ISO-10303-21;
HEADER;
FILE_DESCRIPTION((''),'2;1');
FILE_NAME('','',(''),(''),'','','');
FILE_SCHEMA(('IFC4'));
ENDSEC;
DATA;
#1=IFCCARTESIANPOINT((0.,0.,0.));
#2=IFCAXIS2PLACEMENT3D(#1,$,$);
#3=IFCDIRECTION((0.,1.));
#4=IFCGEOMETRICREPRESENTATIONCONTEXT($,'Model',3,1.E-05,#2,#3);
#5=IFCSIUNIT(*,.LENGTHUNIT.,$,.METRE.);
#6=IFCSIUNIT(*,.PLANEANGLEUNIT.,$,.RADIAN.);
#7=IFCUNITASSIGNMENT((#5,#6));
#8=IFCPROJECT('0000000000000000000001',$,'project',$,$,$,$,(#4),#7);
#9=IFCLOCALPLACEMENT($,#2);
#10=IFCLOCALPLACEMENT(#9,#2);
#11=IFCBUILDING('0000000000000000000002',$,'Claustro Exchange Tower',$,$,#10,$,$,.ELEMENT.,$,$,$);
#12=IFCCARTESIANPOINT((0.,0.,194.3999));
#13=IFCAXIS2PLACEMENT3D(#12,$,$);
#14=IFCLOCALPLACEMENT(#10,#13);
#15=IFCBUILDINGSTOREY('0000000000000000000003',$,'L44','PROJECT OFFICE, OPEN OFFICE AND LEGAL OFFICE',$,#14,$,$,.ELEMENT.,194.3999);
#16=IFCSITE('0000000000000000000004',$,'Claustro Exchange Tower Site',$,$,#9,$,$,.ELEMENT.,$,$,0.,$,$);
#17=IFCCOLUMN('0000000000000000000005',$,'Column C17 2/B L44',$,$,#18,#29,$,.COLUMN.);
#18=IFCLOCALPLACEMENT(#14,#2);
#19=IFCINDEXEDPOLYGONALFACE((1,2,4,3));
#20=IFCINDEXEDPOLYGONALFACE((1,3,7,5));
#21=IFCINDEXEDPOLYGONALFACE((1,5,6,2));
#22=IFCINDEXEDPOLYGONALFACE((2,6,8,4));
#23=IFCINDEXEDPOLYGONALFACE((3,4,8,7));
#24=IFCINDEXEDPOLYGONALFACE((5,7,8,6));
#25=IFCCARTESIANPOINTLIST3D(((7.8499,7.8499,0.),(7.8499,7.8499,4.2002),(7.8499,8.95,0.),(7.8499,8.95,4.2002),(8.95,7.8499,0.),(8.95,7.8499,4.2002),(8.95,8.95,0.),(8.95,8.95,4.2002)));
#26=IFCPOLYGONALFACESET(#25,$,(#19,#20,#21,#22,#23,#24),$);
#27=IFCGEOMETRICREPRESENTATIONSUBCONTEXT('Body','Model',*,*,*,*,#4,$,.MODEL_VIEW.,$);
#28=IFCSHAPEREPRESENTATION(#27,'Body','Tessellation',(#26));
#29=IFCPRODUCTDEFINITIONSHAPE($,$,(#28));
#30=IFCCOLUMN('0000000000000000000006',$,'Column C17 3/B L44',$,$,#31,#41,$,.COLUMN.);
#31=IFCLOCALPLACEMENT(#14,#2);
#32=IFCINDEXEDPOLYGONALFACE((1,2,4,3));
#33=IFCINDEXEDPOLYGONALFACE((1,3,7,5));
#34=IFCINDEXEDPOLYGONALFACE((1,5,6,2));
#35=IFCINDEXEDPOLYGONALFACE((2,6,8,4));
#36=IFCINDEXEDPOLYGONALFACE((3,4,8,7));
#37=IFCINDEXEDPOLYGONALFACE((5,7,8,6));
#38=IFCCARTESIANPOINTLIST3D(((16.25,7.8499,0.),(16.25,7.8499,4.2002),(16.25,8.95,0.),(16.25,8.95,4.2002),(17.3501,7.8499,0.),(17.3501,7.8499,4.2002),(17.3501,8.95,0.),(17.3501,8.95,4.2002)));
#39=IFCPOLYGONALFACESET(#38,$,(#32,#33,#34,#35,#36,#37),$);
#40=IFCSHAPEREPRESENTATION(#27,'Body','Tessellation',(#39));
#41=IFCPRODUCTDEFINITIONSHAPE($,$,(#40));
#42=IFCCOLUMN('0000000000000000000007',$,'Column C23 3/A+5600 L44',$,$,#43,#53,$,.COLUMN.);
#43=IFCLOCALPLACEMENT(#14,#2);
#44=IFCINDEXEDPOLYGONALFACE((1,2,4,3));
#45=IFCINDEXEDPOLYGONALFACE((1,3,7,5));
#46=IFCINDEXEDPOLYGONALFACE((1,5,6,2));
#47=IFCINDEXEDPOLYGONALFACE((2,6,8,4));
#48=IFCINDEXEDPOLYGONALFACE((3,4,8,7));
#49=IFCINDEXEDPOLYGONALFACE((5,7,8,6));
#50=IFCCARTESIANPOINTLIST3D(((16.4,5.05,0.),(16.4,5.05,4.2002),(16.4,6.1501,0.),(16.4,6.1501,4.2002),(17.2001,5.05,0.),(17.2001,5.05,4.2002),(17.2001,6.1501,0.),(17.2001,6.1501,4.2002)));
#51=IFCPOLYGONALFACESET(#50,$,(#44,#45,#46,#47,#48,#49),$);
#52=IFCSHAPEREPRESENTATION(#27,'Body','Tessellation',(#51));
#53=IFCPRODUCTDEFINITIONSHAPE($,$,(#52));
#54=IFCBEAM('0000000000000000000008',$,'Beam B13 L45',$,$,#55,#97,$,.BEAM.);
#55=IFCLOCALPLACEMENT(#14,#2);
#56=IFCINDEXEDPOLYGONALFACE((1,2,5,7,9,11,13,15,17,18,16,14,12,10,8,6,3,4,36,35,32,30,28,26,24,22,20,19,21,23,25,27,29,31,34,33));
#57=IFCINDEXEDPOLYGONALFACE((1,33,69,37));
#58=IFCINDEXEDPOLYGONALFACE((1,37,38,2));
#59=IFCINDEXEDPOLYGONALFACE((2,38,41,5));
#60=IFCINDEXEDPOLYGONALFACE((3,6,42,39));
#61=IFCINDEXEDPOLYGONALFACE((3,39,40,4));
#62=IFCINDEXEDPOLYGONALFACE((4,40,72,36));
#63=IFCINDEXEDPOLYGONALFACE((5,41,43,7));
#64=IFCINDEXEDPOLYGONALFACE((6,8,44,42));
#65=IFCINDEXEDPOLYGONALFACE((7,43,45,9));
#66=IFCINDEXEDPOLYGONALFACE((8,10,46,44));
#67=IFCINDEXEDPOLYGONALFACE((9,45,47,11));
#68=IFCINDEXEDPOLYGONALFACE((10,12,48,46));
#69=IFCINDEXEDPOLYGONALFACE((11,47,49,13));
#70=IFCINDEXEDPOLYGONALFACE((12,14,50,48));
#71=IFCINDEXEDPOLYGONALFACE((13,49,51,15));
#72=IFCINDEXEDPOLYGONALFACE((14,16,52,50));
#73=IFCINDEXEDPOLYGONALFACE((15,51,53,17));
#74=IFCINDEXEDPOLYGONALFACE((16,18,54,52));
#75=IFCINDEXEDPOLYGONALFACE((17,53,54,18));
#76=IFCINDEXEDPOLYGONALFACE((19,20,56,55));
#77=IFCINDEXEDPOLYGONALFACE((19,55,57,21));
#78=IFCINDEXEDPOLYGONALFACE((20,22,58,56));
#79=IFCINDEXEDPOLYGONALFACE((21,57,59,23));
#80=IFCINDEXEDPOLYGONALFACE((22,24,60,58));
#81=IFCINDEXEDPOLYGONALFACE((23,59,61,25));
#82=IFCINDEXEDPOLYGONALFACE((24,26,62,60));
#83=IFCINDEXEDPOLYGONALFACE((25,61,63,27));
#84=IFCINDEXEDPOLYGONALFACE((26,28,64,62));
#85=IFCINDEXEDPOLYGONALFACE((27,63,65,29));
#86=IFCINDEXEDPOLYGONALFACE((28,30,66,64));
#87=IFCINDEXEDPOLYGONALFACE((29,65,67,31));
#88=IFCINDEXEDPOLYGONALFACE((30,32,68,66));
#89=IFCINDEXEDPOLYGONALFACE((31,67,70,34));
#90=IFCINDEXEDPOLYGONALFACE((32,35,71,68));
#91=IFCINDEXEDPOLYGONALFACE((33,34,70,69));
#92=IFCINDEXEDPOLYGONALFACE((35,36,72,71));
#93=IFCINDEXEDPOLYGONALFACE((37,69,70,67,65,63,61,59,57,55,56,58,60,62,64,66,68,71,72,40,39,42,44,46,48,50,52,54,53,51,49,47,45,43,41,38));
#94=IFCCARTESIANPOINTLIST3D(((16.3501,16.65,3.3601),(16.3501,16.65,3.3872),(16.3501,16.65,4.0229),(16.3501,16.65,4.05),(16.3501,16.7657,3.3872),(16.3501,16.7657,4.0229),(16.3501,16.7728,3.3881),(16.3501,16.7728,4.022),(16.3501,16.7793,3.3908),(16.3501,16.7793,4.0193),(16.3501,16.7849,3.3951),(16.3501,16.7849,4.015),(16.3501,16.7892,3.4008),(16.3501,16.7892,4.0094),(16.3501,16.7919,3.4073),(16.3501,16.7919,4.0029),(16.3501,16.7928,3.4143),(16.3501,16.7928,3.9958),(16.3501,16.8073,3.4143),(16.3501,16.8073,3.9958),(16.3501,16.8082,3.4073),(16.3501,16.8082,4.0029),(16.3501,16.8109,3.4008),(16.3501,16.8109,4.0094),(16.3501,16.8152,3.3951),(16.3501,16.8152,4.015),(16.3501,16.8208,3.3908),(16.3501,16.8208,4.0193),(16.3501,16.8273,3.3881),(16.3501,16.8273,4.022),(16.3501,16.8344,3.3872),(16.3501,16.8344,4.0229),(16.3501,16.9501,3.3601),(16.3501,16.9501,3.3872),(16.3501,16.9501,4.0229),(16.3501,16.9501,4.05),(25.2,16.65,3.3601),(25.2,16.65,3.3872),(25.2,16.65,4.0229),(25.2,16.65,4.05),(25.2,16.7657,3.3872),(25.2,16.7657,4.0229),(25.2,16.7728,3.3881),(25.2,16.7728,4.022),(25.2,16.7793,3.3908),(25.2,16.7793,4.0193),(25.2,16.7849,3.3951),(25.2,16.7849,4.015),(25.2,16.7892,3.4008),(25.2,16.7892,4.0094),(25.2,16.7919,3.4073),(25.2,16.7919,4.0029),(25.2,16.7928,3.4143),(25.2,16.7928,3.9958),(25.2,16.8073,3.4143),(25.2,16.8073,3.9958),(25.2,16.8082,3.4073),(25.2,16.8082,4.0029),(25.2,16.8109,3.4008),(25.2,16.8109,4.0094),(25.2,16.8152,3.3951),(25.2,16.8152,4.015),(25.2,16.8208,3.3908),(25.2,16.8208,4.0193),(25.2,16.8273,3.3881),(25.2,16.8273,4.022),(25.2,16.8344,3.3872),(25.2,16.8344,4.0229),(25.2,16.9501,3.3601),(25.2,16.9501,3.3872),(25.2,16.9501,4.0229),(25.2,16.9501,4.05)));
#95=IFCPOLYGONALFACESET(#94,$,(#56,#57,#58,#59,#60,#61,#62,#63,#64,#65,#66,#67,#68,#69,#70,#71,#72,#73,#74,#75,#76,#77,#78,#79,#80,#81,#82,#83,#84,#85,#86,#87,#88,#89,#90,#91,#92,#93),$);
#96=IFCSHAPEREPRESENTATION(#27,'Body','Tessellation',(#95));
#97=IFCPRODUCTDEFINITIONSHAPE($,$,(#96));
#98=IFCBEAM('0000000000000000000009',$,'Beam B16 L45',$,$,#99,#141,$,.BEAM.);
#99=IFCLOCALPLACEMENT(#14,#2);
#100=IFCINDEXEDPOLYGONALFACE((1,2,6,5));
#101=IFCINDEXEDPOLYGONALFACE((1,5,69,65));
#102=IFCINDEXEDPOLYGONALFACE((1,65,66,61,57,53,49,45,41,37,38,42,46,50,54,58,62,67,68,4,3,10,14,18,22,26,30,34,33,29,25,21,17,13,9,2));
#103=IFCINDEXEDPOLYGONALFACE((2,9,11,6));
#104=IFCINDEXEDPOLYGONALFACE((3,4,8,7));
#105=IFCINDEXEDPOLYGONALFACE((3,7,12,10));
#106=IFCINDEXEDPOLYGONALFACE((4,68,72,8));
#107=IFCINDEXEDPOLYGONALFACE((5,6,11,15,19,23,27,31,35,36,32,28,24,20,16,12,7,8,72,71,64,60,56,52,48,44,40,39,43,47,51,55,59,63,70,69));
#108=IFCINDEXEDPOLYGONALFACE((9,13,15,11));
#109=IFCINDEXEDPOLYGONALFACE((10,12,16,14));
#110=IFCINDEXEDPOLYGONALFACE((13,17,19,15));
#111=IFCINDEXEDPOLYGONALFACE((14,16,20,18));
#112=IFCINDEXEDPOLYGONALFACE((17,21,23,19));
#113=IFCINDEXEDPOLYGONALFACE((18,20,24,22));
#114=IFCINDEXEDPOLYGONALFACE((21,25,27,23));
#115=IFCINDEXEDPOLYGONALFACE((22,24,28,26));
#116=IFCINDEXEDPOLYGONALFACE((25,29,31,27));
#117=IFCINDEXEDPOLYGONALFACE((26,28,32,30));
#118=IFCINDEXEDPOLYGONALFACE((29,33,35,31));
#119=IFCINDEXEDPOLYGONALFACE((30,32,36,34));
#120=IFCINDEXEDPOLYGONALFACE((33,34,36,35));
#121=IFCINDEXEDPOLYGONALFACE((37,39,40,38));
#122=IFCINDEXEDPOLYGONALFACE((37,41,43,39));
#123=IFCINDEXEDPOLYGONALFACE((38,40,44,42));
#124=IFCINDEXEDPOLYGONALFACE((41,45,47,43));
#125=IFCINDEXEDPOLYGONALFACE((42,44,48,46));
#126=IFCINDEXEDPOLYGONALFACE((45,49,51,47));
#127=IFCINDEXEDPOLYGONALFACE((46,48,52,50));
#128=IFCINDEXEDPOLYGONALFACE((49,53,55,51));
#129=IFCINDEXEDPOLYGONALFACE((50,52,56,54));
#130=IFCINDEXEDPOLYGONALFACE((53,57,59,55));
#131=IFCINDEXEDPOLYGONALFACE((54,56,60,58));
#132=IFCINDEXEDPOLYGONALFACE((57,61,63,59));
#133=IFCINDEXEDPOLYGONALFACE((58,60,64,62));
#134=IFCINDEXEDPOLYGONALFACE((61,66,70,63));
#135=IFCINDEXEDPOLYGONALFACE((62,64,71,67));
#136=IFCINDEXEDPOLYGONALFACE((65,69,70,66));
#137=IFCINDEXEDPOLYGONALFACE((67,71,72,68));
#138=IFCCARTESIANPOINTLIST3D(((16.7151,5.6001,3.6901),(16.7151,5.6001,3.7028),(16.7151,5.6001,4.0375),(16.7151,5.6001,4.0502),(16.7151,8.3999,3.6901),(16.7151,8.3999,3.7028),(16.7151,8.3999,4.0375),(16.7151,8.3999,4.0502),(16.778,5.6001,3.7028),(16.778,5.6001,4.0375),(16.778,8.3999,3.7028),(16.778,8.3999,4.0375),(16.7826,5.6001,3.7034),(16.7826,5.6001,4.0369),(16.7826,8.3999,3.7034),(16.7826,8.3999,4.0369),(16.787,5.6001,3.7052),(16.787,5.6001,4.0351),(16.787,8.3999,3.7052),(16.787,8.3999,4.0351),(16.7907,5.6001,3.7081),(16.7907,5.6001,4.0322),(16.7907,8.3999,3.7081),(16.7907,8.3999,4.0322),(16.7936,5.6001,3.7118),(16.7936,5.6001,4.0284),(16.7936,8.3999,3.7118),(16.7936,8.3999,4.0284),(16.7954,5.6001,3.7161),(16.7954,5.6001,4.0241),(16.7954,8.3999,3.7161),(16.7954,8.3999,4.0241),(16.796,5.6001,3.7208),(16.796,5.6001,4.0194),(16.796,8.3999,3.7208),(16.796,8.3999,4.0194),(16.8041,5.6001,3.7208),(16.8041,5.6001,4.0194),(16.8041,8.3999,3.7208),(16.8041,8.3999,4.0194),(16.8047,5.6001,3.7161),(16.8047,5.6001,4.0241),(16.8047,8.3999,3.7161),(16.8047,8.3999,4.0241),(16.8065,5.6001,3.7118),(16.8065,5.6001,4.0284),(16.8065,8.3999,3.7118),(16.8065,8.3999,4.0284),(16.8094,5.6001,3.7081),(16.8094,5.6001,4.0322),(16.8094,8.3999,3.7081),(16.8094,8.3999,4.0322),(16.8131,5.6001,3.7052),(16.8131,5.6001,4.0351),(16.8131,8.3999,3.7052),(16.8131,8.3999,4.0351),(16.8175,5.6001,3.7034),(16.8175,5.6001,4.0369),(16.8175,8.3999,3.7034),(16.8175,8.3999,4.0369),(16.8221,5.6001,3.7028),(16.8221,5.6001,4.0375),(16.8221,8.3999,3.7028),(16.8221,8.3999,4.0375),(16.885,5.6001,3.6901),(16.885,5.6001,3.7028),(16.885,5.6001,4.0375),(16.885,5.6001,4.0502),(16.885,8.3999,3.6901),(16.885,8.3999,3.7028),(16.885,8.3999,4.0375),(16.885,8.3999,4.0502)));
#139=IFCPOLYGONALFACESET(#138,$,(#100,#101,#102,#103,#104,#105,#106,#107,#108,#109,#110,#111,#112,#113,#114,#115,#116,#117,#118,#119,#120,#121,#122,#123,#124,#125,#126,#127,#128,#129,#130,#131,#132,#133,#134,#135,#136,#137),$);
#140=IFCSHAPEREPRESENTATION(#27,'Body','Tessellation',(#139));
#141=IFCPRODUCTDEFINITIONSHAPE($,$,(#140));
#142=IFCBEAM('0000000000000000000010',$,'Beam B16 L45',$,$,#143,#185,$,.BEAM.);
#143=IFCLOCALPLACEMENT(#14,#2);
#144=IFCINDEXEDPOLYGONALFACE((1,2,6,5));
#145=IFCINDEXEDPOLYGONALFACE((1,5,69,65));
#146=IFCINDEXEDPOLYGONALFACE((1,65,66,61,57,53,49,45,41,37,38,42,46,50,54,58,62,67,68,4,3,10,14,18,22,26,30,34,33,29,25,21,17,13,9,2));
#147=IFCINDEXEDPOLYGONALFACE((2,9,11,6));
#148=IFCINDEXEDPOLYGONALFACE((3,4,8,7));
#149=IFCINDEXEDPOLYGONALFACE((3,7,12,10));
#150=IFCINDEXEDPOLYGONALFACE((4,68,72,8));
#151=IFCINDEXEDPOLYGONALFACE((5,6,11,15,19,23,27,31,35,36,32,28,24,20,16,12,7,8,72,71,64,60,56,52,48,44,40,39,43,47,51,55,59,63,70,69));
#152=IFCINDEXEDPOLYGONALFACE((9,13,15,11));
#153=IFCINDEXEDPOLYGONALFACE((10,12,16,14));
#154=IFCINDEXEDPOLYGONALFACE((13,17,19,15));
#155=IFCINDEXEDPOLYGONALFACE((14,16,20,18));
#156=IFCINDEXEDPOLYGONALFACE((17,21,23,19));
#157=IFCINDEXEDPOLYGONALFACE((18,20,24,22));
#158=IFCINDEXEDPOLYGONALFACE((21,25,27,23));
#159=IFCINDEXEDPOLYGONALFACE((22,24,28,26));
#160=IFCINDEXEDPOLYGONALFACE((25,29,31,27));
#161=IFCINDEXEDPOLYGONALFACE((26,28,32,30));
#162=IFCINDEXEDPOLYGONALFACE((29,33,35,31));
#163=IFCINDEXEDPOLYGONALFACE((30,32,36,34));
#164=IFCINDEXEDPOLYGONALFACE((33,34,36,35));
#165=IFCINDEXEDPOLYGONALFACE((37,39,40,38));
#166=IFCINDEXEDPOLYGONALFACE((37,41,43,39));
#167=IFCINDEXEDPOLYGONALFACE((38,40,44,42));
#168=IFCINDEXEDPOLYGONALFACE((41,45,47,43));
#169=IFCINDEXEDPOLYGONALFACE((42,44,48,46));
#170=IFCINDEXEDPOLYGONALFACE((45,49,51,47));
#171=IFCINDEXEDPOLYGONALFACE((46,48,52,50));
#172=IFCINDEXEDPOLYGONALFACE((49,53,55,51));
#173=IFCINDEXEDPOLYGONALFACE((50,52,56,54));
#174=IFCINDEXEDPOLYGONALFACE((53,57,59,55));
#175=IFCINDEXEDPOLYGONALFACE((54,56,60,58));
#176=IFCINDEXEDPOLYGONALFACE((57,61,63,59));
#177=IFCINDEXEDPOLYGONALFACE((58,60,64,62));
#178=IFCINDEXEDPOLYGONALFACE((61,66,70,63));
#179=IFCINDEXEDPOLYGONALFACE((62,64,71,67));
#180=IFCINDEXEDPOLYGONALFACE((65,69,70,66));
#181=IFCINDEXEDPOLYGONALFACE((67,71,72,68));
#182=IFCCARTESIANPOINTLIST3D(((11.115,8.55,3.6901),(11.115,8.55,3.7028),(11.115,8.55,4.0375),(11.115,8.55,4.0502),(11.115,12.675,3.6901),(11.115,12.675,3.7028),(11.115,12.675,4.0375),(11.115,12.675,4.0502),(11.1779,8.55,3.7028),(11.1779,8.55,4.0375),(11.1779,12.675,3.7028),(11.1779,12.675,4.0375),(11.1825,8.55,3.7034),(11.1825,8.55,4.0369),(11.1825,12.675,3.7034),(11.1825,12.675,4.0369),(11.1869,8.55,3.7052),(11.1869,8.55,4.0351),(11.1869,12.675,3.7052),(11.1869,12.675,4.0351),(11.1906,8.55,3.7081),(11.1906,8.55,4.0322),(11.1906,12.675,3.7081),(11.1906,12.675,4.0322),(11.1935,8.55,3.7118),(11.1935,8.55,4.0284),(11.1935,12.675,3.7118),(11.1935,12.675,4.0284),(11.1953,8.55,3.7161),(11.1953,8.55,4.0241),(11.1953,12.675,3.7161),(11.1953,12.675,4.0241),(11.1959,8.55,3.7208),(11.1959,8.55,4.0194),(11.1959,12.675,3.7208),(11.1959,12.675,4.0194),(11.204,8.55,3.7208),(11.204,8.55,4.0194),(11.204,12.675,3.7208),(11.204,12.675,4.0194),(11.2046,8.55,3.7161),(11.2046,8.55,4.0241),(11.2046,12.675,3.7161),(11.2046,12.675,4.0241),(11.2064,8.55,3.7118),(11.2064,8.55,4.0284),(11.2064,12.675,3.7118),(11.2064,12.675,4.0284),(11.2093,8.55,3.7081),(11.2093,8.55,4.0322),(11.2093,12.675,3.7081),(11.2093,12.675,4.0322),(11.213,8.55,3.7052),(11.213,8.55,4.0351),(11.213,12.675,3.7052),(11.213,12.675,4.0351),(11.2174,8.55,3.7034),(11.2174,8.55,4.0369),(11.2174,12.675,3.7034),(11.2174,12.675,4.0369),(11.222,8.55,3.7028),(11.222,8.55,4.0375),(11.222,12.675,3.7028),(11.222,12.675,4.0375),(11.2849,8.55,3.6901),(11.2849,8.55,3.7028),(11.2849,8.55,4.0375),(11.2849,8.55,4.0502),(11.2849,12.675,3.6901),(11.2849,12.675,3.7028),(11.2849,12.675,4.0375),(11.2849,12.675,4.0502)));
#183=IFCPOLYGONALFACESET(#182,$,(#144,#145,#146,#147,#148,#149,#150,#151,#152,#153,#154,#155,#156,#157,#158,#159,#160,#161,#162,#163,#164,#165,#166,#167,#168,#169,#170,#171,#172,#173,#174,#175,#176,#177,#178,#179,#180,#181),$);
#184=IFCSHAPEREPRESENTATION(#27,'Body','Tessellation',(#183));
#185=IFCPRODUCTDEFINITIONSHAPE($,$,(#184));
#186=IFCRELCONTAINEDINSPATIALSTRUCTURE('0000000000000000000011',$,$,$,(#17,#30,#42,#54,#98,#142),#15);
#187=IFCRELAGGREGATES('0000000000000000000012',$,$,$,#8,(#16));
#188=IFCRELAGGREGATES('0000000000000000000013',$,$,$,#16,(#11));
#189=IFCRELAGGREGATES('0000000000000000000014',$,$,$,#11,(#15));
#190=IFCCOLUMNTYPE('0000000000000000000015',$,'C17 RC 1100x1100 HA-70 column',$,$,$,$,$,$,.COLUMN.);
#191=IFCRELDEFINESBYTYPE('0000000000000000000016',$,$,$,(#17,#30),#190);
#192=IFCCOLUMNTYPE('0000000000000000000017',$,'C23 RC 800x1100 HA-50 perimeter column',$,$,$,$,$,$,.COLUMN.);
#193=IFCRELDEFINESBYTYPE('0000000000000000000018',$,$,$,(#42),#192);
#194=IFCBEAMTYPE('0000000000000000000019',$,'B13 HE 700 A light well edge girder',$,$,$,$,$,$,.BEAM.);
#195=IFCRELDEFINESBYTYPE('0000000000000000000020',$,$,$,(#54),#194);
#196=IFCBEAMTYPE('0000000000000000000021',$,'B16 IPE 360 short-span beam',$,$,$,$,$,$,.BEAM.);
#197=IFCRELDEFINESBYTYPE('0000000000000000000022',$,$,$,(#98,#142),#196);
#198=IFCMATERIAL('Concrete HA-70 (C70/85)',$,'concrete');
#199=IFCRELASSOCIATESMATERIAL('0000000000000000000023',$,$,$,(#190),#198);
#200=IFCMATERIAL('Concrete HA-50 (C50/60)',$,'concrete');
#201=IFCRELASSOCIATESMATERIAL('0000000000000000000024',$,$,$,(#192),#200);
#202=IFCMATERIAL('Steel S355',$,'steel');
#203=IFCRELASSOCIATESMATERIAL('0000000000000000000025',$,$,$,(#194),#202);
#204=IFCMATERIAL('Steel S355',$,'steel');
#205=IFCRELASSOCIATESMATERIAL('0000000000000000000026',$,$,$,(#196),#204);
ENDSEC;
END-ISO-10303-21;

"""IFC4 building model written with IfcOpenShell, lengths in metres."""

from ifc_helpers import new_model, si_unit, direction, frame, origin, origin_2d, place, context, subcontext, project, spatial, rectangle, i_section, extrude, material, material_profile, profile_set, type_object, element, save


model = new_model("IFC4")

# Units and contexts
model_context = context("Model", 3, precision=1e-05, world=origin(), true_north=direction((0.0, 1.0)))
body_context = subcontext(model_context, "Body", "Model", "MODEL_VIEW")
ifc_project = project(units=[si_unit("LENGTHUNIT", "METRE"), si_unit("PLANEANGLEUNIT", "RADIAN")], contexts=[model_context])

# Site, building, storey
site_placement = place(None, origin())
site = spatial("IfcSite", under=ifc_project, at=site_placement, Name="Claustro Exchange Tower Site", CompositionType="ELEMENT", RefElevation=0.0)
building_placement = place(site_placement, origin())
building = spatial("IfcBuilding", under=site, at=building_placement, Name="Claustro Exchange Tower", CompositionType="ELEMENT")
storey_placement = place(building_placement, frame((0.0, 0.0, 194.3999)))
storey = spatial("IfcBuildingStorey", under=building, at=storey_placement, Name="L44", Description="PROJECT OFFICE, OPEN OFFICE AND LEGAL OFFICE", CompositionType="ELEMENT", Elevation=194.3999)

# Columns
ifc_material_1 = material(Name="Concrete HA-70 (C70/85)", Category="concrete")
ifc_material_profile_1 = material_profile(ifc_material_1, rectangle(XDim=1.1001, YDim=1.1001, at=origin_2d()), Name="RC 1100x1100")
ifc_profile_set_1 = profile_set([ifc_material_profile_1], Name="Concrete HA-70 (C70/85)")
column_type_1 = type_object("IfcColumnType", Name="C17 RC 1100x1100 HA-70 column", PredefinedType="COLUMN", material=ifc_profile_set_1)
for number, where, z_axis, x_axis, name in (
    (1, (8.3999, 8.3999, 0.0), (0.0, 0.0, 1.0), (1.0, 0.0, 0.0), "Column C17 2/B L44"),
    (2, (16.8, 8.3999, 0.0), (0.0, 0.0, 1.0), (1.0, 0.0, 0.0), "Column C17 3/B L44"),
):
    element("IfcColumn", number, at=place(storey_placement, frame(where, z_axis=z_axis, x_axis=x_axis)), inside=storey, type_object=column_type_1, Name=name, PredefinedType="COLUMN", context=body_context, shape_type="SweptSolid", body=[
        extrude(rectangle(XDim=1.1001, YDim=1.1001, at=origin_2d()), origin(), (0.0, 0.0, 1.0), 4.2002),
    ])
ifc_material_2 = material(Name="Concrete HA-50 (C50/60)", Category="concrete")
ifc_material_profile_2 = material_profile(ifc_material_2, rectangle(XDim=0.8, YDim=1.1001, at=origin_2d()), Name="RC 800x1100")
ifc_profile_set_2 = profile_set([ifc_material_profile_2], Name="Concrete HA-50 (C50/60)")
column_type_2 = type_object("IfcColumnType", Name="C23 RC 800x1100 HA-50 perimeter column", PredefinedType="COLUMN", material=ifc_profile_set_2)
column_placement = place(storey_placement, frame((16.8, 5.6001, 0.0), z_axis=(0.0, 0.0, 1.0), x_axis=(1.0, 0.0, 0.0)))
element("IfcColumn", 3, at=column_placement, inside=storey, type_object=column_type_2, Name="Column C23 3/A+5600 L44", PredefinedType="COLUMN", context=body_context, shape_type="SweptSolid", body=[
    extrude(rectangle(XDim=0.8, YDim=1.1001, at=origin_2d()), origin(), (0.0, 0.0, 1.0), 4.2002),
])

# Beams
ifc_material_3 = material(Name="Steel S355", Category="steel")
ifc_material_profile_3 = material_profile(ifc_material_3, i_section(OverallWidth=0.3, OverallDepth=0.6899, WebThickness=0.0144, FlangeThickness=0.0271, FilletRadius=0.0271, at=origin_2d()), Name="HE 700 A")
ifc_profile_set_3 = profile_set([ifc_material_profile_3], Name="Steel S355")
beam_type_1 = type_object("IfcBeamType", Name="B13 HE 700 A light well edge girder", PredefinedType="BEAM", material=ifc_profile_set_3)
beam_1_placement = place(storey_placement, frame((16.3501, 16.8, 3.7051), z_axis=(1.0, 0.0, 0.0), x_axis=(0.0, 1.0, 0.0)))
element("IfcBeam", 4, at=beam_1_placement, inside=storey, type_object=beam_type_1, Name="Beam B13 L45", PredefinedType="BEAM", context=body_context, shape_type="SweptSolid", body=[
    extrude(i_section(OverallWidth=0.3, OverallDepth=0.6899, WebThickness=0.0144, FlangeThickness=0.0271, FilletRadius=0.0271, at=origin_2d()), origin(), (0.0, 0.0, 1.0), 8.8499),
])
ifc_material_4 = material(Name="Steel S355", Category="steel")
ifc_material_profile_4 = material_profile(ifc_material_4, i_section(OverallWidth=0.1699, OverallDepth=0.3601, WebThickness=0.0081, FlangeThickness=0.0127, FilletRadius=0.0181, at=origin_2d()), Name="IPE 360")
ifc_profile_set_4 = profile_set([ifc_material_profile_4], Name="Steel S355")
beam_type_2 = type_object("IfcBeamType", Name="B16 IPE 360 short-span beam", PredefinedType="BEAM", material=ifc_profile_set_4)
beam_2_placement = place(storey_placement, frame((16.8, 5.6001, 3.8701), z_axis=(0.0, 1.0, 0.0), x_axis=(-1.0, 0.0, 0.0)))
element("IfcBeam", 5, at=beam_2_placement, inside=storey, type_object=beam_type_2, Name="Beam B16 L45", PredefinedType="BEAM", context=body_context, shape_type="SweptSolid", body=[
    extrude(i_section(OverallWidth=0.1699, OverallDepth=0.3601, WebThickness=0.0081, FlangeThickness=0.0127, FilletRadius=0.0181, at=origin_2d()), origin(), (0.0, 0.0, 1.0), 2.7998),
])
for number, where, z_axis, x_axis, name in (
    (6, (11.2, 8.55, 3.8701), (0.0, 1.0, 0.0), (-1.0, 0.0, 0.0), "Beam B16 L45"),
):
    element("IfcBeam", number, at=place(storey_placement, frame(where, z_axis=z_axis, x_axis=x_axis)), inside=storey, type_object=beam_type_2, Name=name, PredefinedType="BEAM", context=body_context, shape_type="SweptSolid", body=[
        extrude(i_section(OverallWidth=0.1699, OverallDepth=0.3601, WebThickness=0.0081, FlangeThickness=0.0127, FilletRadius=0.0181, at=origin_2d()), origin(), (0.0, 0.0, 1.0), 4.125),
    ])

save(model, "model.ifc")
